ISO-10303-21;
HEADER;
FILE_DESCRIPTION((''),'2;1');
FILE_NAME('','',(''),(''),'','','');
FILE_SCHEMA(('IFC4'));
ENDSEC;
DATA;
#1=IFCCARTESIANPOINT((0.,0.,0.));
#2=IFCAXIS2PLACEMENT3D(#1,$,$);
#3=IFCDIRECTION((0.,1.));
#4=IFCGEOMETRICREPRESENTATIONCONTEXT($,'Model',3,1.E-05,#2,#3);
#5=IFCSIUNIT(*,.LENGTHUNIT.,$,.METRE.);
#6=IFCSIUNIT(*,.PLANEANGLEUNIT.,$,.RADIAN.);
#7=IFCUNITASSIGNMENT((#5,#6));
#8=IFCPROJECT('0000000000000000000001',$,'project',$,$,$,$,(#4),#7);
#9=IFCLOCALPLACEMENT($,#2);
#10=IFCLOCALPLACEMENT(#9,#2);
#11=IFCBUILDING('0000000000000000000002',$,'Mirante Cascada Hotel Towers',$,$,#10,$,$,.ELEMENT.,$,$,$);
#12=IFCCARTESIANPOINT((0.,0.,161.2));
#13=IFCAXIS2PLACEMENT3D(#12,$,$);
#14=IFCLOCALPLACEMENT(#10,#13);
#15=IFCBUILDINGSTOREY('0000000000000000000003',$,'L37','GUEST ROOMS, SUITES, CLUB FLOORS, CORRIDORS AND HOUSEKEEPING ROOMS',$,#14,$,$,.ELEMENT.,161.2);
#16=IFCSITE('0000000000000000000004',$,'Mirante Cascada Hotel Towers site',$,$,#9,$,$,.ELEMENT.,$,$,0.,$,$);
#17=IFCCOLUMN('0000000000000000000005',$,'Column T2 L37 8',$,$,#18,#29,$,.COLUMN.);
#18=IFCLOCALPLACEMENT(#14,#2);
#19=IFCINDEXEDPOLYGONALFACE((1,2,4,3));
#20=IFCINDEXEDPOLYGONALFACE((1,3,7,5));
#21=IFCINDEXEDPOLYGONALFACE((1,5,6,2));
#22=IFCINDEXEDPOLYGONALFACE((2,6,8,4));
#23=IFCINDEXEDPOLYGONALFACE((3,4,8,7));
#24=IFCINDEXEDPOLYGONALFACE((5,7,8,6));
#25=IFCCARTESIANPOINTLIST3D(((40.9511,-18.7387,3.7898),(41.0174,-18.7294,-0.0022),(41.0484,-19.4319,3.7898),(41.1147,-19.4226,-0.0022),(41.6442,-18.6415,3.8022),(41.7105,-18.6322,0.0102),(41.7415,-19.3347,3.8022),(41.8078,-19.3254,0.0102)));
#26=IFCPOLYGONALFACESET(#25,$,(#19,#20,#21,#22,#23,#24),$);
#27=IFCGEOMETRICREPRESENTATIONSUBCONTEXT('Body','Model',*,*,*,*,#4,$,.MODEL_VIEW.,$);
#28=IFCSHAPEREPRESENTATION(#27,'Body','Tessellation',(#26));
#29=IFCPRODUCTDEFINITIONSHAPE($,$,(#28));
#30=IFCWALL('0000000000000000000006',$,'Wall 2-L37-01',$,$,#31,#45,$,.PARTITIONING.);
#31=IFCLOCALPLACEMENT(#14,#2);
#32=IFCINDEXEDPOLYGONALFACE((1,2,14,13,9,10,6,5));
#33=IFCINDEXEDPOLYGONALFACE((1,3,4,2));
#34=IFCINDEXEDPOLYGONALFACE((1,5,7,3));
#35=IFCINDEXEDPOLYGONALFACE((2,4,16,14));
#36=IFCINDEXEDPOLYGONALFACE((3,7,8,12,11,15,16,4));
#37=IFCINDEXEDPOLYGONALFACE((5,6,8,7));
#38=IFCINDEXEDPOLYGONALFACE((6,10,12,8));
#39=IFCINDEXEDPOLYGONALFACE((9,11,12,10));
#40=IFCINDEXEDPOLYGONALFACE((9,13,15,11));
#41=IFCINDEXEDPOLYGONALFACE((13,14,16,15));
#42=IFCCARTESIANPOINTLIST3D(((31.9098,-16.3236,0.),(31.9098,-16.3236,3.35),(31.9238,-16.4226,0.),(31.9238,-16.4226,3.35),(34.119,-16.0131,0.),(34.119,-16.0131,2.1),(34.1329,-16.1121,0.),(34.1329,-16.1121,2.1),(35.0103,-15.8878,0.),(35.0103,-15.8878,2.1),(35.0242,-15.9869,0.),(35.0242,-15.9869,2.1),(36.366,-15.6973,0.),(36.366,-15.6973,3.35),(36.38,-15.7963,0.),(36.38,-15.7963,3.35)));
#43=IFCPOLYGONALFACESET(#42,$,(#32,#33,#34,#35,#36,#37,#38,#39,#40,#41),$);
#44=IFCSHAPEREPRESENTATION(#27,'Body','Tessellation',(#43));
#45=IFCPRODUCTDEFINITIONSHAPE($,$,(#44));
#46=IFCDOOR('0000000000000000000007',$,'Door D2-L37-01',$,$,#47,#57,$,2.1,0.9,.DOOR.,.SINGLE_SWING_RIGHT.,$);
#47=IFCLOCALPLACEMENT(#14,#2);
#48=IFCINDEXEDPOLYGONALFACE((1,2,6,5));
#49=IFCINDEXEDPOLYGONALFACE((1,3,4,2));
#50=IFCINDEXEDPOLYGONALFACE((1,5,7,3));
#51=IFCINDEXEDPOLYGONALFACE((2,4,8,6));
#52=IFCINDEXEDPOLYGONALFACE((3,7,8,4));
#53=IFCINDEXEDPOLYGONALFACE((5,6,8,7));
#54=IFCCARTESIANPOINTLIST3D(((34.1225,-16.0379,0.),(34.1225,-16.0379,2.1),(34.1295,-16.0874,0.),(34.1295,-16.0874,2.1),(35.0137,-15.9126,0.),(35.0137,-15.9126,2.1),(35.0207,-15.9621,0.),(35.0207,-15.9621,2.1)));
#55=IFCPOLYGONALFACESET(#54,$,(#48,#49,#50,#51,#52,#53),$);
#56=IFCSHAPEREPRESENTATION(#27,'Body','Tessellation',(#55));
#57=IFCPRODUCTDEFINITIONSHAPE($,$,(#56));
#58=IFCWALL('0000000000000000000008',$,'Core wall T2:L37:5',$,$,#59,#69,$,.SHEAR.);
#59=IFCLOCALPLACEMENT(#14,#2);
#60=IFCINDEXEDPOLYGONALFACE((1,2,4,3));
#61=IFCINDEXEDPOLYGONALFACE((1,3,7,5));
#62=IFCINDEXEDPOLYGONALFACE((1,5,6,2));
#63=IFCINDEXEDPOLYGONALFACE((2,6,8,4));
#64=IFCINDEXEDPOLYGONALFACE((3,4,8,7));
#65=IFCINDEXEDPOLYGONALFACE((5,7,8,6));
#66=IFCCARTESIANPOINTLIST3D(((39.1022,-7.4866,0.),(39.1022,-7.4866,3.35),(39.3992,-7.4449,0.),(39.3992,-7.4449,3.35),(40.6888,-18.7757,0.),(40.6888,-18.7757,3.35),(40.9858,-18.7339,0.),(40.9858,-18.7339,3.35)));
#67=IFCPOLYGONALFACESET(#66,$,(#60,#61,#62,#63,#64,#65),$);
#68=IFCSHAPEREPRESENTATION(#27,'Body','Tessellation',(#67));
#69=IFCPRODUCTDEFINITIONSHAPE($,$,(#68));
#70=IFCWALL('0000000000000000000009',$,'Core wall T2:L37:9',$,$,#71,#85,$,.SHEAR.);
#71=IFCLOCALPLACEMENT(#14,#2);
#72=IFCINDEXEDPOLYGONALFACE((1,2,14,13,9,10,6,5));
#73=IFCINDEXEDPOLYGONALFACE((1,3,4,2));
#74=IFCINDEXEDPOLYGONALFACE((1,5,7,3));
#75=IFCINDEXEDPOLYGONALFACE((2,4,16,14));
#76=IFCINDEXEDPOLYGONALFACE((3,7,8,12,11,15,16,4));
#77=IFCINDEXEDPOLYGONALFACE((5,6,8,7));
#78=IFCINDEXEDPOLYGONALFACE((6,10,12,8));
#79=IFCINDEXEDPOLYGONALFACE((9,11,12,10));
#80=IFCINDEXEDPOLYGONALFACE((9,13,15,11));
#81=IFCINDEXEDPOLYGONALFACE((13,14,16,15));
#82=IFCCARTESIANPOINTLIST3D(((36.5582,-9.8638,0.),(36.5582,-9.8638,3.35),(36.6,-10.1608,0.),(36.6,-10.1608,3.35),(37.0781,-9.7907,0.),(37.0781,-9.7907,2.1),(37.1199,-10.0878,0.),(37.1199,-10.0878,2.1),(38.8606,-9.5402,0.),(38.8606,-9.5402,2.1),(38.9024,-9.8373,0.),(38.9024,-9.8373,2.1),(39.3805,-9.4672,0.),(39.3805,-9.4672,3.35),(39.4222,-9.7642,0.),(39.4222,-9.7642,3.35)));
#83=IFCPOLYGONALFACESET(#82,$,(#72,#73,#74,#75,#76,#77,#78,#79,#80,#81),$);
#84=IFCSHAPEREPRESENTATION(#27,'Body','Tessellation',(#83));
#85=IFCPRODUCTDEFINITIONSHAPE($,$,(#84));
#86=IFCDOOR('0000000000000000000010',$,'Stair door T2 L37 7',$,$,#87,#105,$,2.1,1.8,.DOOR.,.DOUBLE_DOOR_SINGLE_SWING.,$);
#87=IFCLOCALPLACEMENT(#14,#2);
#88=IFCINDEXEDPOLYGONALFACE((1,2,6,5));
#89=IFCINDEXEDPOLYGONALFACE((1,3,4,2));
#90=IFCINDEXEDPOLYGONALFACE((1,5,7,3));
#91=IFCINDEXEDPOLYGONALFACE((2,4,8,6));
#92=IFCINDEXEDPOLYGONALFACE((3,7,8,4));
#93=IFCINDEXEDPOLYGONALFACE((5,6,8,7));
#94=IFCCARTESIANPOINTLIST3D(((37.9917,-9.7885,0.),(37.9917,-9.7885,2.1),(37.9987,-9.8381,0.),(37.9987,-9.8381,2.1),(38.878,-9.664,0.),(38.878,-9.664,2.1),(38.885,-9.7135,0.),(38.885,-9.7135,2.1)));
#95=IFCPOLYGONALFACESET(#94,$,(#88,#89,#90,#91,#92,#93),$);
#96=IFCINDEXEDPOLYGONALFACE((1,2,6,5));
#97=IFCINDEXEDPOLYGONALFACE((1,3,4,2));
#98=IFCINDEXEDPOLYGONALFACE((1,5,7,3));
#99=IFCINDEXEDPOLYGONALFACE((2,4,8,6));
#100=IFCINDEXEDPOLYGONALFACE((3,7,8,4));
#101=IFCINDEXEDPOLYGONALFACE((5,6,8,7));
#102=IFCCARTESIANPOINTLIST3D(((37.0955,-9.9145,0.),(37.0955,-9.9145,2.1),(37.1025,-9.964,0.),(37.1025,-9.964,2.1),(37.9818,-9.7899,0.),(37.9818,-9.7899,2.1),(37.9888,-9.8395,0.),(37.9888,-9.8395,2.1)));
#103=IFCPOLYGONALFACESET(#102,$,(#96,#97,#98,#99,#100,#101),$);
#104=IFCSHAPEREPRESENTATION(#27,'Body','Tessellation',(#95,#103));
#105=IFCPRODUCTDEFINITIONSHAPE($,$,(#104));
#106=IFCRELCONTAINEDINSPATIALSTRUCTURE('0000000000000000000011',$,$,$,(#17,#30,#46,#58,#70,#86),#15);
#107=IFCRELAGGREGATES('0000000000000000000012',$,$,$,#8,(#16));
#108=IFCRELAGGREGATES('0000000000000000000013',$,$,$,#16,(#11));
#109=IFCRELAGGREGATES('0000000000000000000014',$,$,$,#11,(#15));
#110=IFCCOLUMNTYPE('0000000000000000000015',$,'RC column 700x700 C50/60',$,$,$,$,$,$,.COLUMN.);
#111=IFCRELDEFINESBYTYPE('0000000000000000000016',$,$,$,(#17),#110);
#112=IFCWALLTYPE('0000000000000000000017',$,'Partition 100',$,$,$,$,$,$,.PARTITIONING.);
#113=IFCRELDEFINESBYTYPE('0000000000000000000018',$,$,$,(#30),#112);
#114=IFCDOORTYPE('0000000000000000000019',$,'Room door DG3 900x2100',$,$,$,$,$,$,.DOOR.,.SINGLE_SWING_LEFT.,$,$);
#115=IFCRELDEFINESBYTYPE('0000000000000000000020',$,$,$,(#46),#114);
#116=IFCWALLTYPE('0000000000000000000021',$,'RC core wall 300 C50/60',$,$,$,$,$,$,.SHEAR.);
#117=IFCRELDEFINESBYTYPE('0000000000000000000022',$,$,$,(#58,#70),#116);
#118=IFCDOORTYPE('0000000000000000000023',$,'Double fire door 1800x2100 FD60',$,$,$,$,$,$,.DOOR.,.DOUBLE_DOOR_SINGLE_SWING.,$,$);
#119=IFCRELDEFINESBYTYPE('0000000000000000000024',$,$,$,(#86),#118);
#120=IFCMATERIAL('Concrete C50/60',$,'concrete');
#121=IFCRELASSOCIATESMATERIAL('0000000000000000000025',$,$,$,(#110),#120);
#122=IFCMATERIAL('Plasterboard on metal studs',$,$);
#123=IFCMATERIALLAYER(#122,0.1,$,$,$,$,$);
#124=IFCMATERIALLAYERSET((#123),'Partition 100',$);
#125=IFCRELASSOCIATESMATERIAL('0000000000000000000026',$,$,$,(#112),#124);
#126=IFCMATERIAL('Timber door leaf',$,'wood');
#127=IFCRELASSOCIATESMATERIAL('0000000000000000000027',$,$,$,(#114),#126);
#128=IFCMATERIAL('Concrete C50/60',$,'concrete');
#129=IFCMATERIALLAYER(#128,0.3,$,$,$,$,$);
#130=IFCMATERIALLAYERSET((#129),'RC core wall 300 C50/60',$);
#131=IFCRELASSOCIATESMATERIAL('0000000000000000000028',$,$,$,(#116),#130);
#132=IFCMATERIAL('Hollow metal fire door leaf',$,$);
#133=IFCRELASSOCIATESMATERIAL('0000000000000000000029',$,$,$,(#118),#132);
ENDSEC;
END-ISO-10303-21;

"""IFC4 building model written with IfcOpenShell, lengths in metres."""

from ifc_helpers import new_model, si_unit, direction, frame, frame_2d, origin, origin_2d, place, context, subcontext, project, spatial, rectangle, extrude, material, layer, layer_set, material_profile, profile_set, type_object, element, fill, save


model = new_model("IFC4")

# Units and contexts
model_context = context("Model", 3, precision=1e-05, world=origin(), true_north=direction((0.0, 1.0)))
body_context = subcontext(model_context, "Body", "Model", "MODEL_VIEW")
ifc_project = project(units=[si_unit("LENGTHUNIT", "METRE"), si_unit("PLANEANGLEUNIT", "RADIAN")], contexts=[model_context])

# Site, building, storey
site_placement = place(None, origin())
site = spatial("IfcSite", under=ifc_project, at=site_placement, Name="Mirante Cascada Hotel Towers site", CompositionType="ELEMENT", RefElevation=0.0)
building_placement = place(site_placement, origin())
building = spatial("IfcBuilding", under=site, at=building_placement, Name="Mirante Cascada Hotel Towers", CompositionType="ELEMENT")
storey_placement = place(building_placement, frame((0.0, 0.0, 161.2)))
storey = spatial("IfcBuildingStorey", under=building, at=storey_placement, Name="L37", Description="GUEST ROOMS, SUITES, CLUB FLOORS, CORRIDORS AND HOUSEKEEPING ROOMS", CompositionType="ELEMENT", Elevation=161.2)

# Column
ifc_material_1 = material(Name="Concrete C50/60", Category="concrete")
ifc_material_profile = material_profile(ifc_material_1, rectangle(XDim=0.7, YDim=0.7, at=origin_2d()), Name="RC column 700x700 C50/60")
ifc_profile_set = profile_set([ifc_material_profile], Name="Concrete C50/60")
column_type = type_object("IfcColumnType", Name="RC column 700x700 C50/60", PredefinedType="COLUMN", material=ifc_profile_set)
column_placement = place(storey_placement, frame((41.4126, -19.0274, 0.004), z_axis=(-0.017482, -0.002452, 0.999844), x_axis=(0.138911, -0.990305, 0.0)))
element("IfcColumn", 1, at=column_placement, inside=storey, type_object=column_type, Name="Column T2 L37 8", PredefinedType="COLUMN", context=body_context, shape_type="SweptSolid", body=[
    extrude(rectangle(XDim=0.7, YDim=0.7, at=origin_2d()), origin(), (0.0, 0.0, 1.0), 3.7926),
])

# Wall, opening, door
ifc_material_2 = material(Name="Plasterboard on metal studs")
ifc_layer_1 = layer(ifc_material_2, 0.1)
ifc_layer_set_1 = layer_set([ifc_layer_1], Name="Partition 100")
wall_type_1 = type_object("IfcWallType", Name="Partition 100", PredefinedType="PARTITIONING", material=ifc_layer_set_1)
wall_1_placement = place(storey_placement, frame((36.373, -15.7468, 0.0), z_axis=(0.0, 0.0, 1.0), x_axis=(-0.990267, -0.139178, 0.0)))
wall_1 = element("IfcWall", 2, at=wall_1_placement, inside=storey, type_object=wall_type_1, Name="Wall 2-L37-01", PredefinedType="PARTITIONING", context=body_context, shape_type="SweptSolid", body=[
    extrude(rectangle(XDim=4.5, YDim=0.1, at=frame_2d((2.25, 0.0))), origin(), (0.0, 0.0, 1.0), 3.35),
])
opening_1_placement = place(wall_1_placement, frame((1.3691, 0.0, 0.0)))
opening_1 = element("IfcOpeningElement", 3, at=opening_1_placement, cuts=wall_1, PredefinedType="OPENING", context=body_context, shape_type="SweptSolid", body=[
    extrude(rectangle(XDim=0.9, YDim=2.1, at=frame_2d((0.45, 1.05))), frame((0.0, 0.05, 0.0), z_axis=(0.0, -1.0, 0.0), x_axis=(1.0, 0.0, 0.0)), (0.0, 0.0, 1.0), 0.1),
])
ifc_material_3 = material(Name="Timber door leaf", Category="wood")
door_type_1 = type_object("IfcDoorType", Name="Room door DG3 900x2100", OperationType="SINGLE_SWING_LEFT", PredefinedType="DOOR", material=ifc_material_3)
door_1_placement = place(opening_1_placement, frame((0.9, 0.0, 0.0), z_axis=(0.0, 0.0, 1.0), x_axis=(-1.0, 0.0, 0.0)))
door_1 = element("IfcDoor", 4, at=door_1_placement, inside=storey, type_object=door_type_1, Name="Door D2-L37-01", OperationType="SINGLE_SWING_RIGHT", OverallHeight=2.1, OverallWidth=0.9, PredefinedType="DOOR", context=body_context, shape_type="SweptSolid", body=[
    extrude(rectangle(XDim=0.9, YDim=2.1, at=frame_2d((0.45, 1.05))), frame((0.0, 0.025, 0.0), z_axis=(0.0, -1.0, 0.0), x_axis=(1.0, 0.0, 0.0)), (0.0, 0.0, 1.0), 0.05),
])
fill(opening_1, door_1)

# Wall
ifc_material_4 = material(Name="Concrete C50/60", Category="concrete")
ifc_layer_2 = layer(ifc_material_4, 0.3)
ifc_layer_set_2 = layer_set([ifc_layer_2], Name="RC core wall 300 C50/60")
wall_type_2 = type_object("IfcWallType", Name="RC core wall 300 C50/60", PredefinedType="SHEAR", material=ifc_layer_set_2)
wall_2_placement = place(storey_placement, frame((40.8373, -18.7548, 0.0), z_axis=(0.0, 0.0, 1.0), x_axis=(-0.139175, 0.990268, 0.0)))
element("IfcWall", 5, at=wall_2_placement, inside=storey, type_object=wall_type_2, Name="Core wall T2:L37:5", PredefinedType="SHEAR", context=body_context, shape_type="SweptSolid", body=[
    extrude(rectangle(XDim=11.4, YDim=0.3, at=frame_2d((5.7, 0.0))), origin(), (0.0, 0.0, 1.0), 3.35),
])

# Wall, opening, door
wall_3_placement = place(storey_placement, frame((36.5791, -10.0123, 0.0), z_axis=(0.0, 0.0, 1.0), x_axis=(0.99027, 0.139156, 0.0)))
wall_3 = element("IfcWall", 6, at=wall_3_placement, inside=storey, type_object=wall_type_2, Name="Core wall T2:L37:9", PredefinedType="SHEAR", context=body_context, shape_type="SweptSolid", body=[
    extrude(rectangle(XDim=2.85, YDim=0.3, at=frame_2d((1.425, 0.0))), origin(), (0.0, 0.0, 1.0), 3.35),
])
opening_2_placement = place(wall_3_placement, frame((0.525, 0.0, 0.0)))
opening_2 = element("IfcOpeningElement", 7, at=opening_2_placement, cuts=wall_3, PredefinedType="OPENING", context=body_context, shape_type="SweptSolid", body=[
    extrude(rectangle(XDim=1.8, YDim=2.1, at=frame_2d((0.9, 1.05))), frame((0.0, 0.15, 0.0), z_axis=(0.0, -1.0, 0.0), x_axis=(1.0, 0.0, 0.0)), (0.0, 0.0, 1.0), 0.3),
])
ifc_material_5 = material(Name="Hollow metal fire door leaf")
door_type_2 = type_object("IfcDoorType", Name="Double fire door 1800x2100 FD60", OperationType="DOUBLE_DOOR_SINGLE_SWING", PredefinedType="DOOR", material=ifc_material_5)
door_2_placement = place(opening_2_placement, frame((1.8, 0.0, 0.0), z_axis=(0.0, 0.0, 1.0), x_axis=(-1.0, 0.0, 0.0)))
door_2 = element("IfcDoor", 8, at=door_2_placement, inside=storey, type_object=door_type_2, Name="Stair door T2 L37 7", OperationType="DOUBLE_DOOR_SINGLE_SWING", OverallHeight=2.1, OverallWidth=1.8, PredefinedType="DOOR", context=body_context, shape_type="SweptSolid", body=[
    extrude(rectangle(XDim=0.895, YDim=2.1, at=frame_2d((0.4475, 1.05))), frame((0.0, 0.025, 0.0), z_axis=(0.0, -1.0, 0.0), x_axis=(1.0, 0.0, 0.0)), (0.0, 0.0, 1.0), 0.05),
    extrude(rectangle(XDim=0.895, YDim=2.1, at=frame_2d((1.3525, 1.05))), frame((0.0, 0.025, 0.0), z_axis=(0.0, -1.0, 0.0), x_axis=(1.0, 0.0, 0.0)), (0.0, 0.0, 1.0), 0.05),
])
fill(opening_2, door_2)

save(model, "model.ifc")
